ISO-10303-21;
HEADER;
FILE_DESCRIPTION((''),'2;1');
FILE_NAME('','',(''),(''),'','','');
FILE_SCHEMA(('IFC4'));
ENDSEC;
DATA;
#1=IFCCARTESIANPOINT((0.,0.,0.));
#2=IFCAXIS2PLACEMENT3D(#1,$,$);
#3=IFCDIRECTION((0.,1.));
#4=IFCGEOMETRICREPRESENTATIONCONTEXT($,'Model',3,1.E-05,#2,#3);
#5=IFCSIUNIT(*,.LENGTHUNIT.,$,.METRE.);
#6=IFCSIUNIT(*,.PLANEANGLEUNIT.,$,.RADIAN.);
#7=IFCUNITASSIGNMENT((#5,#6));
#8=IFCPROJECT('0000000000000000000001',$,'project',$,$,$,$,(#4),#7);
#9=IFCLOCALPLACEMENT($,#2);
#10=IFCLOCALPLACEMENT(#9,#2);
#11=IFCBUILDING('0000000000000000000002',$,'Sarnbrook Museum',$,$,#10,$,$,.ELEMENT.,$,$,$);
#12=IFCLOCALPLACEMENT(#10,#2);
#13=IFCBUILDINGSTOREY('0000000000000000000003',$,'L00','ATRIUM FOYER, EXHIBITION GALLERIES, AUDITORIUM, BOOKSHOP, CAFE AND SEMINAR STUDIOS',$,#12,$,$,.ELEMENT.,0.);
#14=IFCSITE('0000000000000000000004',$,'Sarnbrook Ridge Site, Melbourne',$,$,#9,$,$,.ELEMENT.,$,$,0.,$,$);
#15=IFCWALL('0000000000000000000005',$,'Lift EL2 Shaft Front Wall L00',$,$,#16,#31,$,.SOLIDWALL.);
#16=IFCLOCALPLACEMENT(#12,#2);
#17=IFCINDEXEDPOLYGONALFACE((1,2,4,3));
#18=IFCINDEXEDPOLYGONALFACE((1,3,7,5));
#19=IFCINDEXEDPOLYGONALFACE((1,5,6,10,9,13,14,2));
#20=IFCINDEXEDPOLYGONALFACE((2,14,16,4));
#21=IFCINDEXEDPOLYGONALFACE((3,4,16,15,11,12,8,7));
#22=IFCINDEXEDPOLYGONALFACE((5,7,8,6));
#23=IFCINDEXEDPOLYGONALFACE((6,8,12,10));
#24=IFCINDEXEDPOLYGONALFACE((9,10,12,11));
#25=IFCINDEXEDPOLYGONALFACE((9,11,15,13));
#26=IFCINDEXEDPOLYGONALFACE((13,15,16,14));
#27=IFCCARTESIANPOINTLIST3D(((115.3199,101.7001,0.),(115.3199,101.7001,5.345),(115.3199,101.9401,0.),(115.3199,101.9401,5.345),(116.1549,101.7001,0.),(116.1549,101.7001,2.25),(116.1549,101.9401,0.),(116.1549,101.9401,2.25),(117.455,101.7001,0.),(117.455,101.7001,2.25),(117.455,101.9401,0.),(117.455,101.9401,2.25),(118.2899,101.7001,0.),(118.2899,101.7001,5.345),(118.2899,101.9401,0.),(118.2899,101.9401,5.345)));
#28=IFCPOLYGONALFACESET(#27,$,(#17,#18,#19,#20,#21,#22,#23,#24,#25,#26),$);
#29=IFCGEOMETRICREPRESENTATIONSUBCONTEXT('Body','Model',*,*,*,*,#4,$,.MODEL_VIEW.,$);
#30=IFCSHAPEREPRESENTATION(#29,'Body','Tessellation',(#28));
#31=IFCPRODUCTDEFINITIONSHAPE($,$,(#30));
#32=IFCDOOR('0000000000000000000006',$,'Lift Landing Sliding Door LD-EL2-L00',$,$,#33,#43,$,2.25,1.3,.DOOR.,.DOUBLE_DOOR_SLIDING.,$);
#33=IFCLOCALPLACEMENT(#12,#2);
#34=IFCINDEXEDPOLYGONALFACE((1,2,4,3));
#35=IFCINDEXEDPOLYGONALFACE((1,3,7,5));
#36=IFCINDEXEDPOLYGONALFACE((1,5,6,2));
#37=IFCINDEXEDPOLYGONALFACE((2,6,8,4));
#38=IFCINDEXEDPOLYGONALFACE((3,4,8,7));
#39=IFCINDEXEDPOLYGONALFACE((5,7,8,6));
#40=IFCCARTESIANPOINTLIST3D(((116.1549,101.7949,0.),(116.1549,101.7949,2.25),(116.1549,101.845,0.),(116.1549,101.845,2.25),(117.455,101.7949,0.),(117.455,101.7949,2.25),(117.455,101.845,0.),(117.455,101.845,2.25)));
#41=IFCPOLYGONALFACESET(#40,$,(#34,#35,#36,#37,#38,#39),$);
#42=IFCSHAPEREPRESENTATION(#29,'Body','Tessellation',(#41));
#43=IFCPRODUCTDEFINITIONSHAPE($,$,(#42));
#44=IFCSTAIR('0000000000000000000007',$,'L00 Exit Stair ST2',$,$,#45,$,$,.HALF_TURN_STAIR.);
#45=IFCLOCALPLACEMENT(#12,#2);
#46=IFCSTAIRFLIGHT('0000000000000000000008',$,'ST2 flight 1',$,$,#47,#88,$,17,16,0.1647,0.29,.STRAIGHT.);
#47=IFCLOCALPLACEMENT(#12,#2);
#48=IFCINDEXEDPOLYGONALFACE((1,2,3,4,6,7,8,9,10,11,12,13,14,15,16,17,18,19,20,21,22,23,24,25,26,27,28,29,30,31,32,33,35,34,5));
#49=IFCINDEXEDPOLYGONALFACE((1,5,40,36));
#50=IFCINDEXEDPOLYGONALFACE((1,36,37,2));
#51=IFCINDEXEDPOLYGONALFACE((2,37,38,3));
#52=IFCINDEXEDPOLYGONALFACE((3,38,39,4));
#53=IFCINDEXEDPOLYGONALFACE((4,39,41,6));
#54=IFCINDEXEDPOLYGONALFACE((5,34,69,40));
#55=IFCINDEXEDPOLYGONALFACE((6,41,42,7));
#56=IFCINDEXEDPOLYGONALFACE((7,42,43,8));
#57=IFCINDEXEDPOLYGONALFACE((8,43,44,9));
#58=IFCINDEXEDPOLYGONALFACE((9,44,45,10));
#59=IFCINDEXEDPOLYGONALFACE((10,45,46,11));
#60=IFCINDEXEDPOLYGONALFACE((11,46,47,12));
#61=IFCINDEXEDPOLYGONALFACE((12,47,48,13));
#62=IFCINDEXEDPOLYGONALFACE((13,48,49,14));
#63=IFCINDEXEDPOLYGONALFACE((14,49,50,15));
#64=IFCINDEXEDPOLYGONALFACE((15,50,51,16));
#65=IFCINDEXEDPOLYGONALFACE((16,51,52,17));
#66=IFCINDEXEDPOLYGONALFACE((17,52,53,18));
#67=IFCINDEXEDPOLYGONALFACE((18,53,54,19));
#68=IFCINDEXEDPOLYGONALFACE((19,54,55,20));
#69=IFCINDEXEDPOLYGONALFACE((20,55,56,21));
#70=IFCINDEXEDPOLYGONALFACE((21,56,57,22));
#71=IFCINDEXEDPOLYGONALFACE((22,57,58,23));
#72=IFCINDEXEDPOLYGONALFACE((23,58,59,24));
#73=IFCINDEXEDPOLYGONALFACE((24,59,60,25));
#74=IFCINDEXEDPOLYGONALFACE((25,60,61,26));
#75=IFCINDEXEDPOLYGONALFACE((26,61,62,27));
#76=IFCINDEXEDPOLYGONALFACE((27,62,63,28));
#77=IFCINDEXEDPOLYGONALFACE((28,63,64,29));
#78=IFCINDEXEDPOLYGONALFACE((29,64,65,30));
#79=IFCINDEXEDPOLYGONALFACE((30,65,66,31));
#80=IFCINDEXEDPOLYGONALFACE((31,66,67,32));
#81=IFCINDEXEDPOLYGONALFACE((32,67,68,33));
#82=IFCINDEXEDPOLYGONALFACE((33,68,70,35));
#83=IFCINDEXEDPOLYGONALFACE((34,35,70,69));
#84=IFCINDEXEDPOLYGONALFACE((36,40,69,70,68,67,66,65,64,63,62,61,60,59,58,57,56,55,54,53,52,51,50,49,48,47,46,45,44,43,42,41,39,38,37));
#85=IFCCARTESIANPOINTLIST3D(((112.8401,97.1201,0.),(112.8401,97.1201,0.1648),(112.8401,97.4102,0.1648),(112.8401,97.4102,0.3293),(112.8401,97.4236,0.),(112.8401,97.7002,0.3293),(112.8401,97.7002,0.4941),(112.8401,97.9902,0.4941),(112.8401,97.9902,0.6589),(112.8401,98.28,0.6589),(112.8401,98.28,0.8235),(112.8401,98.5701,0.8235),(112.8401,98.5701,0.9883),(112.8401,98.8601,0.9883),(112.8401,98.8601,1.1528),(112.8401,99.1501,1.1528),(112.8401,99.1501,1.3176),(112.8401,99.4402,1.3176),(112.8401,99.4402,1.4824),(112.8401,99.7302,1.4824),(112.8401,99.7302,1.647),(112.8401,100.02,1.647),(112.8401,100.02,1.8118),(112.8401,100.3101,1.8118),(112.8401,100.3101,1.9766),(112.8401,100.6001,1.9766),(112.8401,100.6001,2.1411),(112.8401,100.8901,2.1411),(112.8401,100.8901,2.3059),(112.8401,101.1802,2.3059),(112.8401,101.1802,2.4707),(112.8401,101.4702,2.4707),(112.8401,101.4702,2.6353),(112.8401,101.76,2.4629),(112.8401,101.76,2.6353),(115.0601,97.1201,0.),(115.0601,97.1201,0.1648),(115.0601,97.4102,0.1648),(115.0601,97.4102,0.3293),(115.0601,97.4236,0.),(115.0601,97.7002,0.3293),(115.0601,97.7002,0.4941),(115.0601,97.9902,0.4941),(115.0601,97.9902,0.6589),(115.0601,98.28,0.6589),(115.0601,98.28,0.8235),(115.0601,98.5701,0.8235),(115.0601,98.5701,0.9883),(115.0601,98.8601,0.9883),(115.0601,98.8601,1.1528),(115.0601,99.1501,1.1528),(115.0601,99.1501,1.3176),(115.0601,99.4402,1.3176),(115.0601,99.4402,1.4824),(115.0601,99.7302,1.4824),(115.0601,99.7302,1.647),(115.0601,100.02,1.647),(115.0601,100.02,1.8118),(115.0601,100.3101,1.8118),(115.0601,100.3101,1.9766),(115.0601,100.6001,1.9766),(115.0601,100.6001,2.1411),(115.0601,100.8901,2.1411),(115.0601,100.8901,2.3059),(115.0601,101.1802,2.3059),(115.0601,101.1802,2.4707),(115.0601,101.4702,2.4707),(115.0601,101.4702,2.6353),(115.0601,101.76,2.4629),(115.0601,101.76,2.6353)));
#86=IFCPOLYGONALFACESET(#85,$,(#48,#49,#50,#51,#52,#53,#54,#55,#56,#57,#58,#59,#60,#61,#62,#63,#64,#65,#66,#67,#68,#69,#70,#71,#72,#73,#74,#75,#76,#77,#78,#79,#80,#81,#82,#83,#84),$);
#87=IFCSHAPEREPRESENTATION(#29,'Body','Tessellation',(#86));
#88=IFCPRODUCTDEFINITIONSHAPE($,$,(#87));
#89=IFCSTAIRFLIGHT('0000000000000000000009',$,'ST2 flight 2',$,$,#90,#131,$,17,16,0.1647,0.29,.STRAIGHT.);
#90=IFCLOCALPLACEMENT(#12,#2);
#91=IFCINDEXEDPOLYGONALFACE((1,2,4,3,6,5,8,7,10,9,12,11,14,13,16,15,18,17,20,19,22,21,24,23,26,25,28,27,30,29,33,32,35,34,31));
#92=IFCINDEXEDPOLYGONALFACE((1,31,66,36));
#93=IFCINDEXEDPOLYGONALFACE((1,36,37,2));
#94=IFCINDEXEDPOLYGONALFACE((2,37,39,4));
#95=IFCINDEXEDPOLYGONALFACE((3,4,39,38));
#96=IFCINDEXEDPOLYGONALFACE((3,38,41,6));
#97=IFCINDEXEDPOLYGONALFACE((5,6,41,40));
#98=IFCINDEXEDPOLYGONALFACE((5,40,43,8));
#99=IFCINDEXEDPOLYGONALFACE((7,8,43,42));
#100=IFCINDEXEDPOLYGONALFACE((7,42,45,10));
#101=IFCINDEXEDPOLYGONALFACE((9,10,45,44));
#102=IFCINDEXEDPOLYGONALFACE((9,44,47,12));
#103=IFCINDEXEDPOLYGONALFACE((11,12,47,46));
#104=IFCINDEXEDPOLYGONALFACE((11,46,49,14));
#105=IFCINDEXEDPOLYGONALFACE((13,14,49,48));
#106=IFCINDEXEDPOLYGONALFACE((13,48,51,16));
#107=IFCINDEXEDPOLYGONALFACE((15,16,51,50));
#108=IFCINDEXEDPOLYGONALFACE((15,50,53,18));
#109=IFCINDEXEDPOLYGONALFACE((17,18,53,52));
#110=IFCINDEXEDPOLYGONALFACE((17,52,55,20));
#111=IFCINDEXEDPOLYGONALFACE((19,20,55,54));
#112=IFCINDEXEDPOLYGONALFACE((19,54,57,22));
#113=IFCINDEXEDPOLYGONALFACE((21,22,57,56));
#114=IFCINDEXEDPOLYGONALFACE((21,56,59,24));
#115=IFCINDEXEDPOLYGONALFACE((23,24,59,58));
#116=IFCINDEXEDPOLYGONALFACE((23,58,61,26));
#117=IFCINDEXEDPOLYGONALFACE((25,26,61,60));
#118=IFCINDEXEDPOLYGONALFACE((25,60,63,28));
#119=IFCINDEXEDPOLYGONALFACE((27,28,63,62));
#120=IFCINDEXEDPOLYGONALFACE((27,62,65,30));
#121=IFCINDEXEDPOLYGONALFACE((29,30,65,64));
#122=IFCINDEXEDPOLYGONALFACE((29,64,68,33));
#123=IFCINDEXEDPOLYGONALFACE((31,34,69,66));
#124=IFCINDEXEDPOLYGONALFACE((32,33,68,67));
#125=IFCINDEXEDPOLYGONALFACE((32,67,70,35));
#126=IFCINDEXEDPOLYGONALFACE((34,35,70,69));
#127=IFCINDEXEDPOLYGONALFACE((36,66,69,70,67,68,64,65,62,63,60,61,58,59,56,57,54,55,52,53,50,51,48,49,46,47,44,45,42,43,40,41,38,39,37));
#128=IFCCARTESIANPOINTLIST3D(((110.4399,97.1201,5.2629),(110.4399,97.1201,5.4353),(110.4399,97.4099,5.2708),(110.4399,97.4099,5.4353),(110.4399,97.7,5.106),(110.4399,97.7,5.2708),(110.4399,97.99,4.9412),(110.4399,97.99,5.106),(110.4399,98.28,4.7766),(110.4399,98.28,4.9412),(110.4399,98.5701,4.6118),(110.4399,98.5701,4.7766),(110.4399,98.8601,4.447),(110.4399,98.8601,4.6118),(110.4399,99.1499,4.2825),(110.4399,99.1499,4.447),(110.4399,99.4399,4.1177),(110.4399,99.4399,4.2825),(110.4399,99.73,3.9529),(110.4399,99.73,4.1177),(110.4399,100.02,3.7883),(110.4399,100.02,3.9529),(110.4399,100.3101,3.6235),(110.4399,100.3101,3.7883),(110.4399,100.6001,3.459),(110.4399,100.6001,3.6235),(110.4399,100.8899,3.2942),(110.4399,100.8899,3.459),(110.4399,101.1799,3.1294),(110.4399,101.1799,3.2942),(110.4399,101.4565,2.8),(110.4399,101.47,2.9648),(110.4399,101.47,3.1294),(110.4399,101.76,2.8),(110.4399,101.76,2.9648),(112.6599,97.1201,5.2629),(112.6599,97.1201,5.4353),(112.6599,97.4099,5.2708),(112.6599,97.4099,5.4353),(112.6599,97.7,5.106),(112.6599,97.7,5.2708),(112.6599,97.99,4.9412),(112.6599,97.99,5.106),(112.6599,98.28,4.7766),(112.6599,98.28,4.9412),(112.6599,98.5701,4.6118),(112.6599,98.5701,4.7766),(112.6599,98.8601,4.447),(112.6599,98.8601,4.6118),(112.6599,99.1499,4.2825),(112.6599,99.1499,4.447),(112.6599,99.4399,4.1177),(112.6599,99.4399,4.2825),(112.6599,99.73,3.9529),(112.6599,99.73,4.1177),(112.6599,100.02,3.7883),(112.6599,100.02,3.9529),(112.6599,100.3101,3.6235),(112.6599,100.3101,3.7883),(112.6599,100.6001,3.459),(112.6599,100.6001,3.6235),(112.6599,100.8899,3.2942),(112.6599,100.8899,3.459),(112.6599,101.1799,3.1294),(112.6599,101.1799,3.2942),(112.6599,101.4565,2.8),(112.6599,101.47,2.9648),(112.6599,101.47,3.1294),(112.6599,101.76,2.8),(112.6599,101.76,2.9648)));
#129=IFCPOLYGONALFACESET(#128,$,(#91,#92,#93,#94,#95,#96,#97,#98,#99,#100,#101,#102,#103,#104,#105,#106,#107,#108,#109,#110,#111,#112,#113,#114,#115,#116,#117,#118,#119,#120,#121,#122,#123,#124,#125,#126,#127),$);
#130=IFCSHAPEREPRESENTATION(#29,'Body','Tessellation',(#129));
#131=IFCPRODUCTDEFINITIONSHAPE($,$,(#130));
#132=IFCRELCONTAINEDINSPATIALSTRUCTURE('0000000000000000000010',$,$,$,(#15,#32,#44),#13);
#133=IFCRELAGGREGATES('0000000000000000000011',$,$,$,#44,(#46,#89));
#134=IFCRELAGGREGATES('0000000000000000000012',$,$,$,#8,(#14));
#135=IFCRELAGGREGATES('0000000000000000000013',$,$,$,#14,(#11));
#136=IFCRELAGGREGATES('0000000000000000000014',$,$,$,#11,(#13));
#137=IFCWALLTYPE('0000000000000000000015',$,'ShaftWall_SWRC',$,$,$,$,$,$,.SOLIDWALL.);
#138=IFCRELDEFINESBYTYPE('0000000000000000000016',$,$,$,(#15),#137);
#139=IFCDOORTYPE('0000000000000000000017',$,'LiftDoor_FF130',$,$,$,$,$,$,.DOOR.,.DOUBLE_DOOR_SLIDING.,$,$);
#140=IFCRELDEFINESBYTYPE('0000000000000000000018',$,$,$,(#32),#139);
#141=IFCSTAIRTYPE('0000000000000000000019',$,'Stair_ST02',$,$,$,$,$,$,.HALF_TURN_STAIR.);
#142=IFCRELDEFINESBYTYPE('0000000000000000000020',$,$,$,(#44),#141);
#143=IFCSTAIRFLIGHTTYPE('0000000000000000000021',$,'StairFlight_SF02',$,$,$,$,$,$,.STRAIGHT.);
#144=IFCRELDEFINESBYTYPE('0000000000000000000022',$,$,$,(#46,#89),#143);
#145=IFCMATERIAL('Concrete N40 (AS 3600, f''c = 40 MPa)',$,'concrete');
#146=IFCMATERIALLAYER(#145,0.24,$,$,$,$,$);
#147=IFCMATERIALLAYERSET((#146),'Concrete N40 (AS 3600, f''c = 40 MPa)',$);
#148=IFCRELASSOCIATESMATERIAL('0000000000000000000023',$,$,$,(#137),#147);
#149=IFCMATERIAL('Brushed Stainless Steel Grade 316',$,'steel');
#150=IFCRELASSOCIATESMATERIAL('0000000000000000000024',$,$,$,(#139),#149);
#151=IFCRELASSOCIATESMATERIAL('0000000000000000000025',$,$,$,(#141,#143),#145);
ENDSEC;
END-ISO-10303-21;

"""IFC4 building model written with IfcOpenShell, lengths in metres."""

from ifc_helpers import new_model, si_unit, direction, frame, frame_2d, origin, place, context, subcontext, project, spatial, polyline, rectangle, outline, extrude, material, layer, layer_set, type_object, element, fill, aggregate, save


model = new_model("IFC4")

# Units and contexts
model_context = context("Model", 3, precision=1e-05, world=origin(), true_north=direction((0.0, 1.0)))
body_context = subcontext(model_context, "Body", "Model", "MODEL_VIEW")
ifc_project = project(units=[si_unit("LENGTHUNIT", "METRE"), si_unit("PLANEANGLEUNIT", "RADIAN")], contexts=[model_context])

# Site, building, storey
site_placement = place(None, origin())
site = spatial("IfcSite", under=ifc_project, at=site_placement, Name="Sarnbrook Ridge Site, Melbourne", CompositionType="ELEMENT", RefElevation=0.0)
building_placement = place(site_placement, origin())
building = spatial("IfcBuilding", under=site, at=building_placement, Name="Sarnbrook Museum", CompositionType="ELEMENT")
storey_placement = place(building_placement, origin())
storey = spatial("IfcBuildingStorey", under=building, at=storey_placement, Name="L00", Description="ATRIUM FOYER, EXHIBITION GALLERIES, AUDITORIUM, BOOKSHOP, CAFE AND SEMINAR STUDIOS", CompositionType="ELEMENT", Elevation=0.0)

# Wall, opening, door
ifc_material_1 = material(Name="Concrete N40 (AS 3600, f'c = 40 MPa)", Category="concrete")
ifc_layer_1 = layer(ifc_material_1, 0.24)
ifc_layer_set_1 = layer_set([ifc_layer_1], Name="Concrete N40 (AS 3600, f'c = 40 MPa)")
wall_type_1 = type_object("IfcWallType", Name="ShaftWall_SWRC", PredefinedType="SOLIDWALL", material=ifc_layer_set_1)
wall_1_placement = place(storey_placement, frame((115.3201, 101.8201, 0.0), z_axis=(0.0, 0.0, 1.0), x_axis=(1.0, 0.0, 0.0)))
wall_1 = element("IfcWall", 1, at=wall_1_placement, inside=storey, type_object=wall_type_1, Name="Lift EL2 Shaft Front Wall L00", PredefinedType="SOLIDWALL", context=body_context, shape_type="SweptSolid", body=[
    extrude(rectangle(XDim=2.97, YDim=0.24, at=frame_2d((1.4849, 0.0))), origin(), (0.0, 0.0, 1.0), 5.345),
])
opening_1_placement = place(wall_1_placement, frame((0.835, 0.0, 0.0)))
opening_1 = element("IfcOpeningElement", 2, at=opening_1_placement, cuts=wall_1, PredefinedType="OPENING", context=body_context, shape_type="SweptSolid", body=[
    extrude(rectangle(XDim=1.3, YDim=2.25, at=frame_2d((0.6499, 1.125))), frame((0.0, 0.1299, 0.0), z_axis=(0.0, -1.0, 0.0), x_axis=(1.0, 0.0, 0.0)), (0.0, 0.0, 1.0), 0.26),
])
ifc_material_2 = material(Name="Brushed Stainless Steel Grade 316", Category="steel")
door_type_1 = type_object("IfcDoorType", Name="LiftDoor_FF130", OperationType="DOUBLE_DOOR_SLIDING", PredefinedType="DOOR", material=ifc_material_2)
door_1_placement = place(opening_1_placement, origin())
door_1 = element("IfcDoor", 3, at=door_1_placement, inside=storey, type_object=door_type_1, Name="Lift Landing Sliding Door LD-EL2-L00", OperationType="DOUBLE_DOOR_SLIDING", OverallHeight=2.25, OverallWidth=1.3, PredefinedType="DOOR", context=body_context, shape_type="SweptSolid", body=[
    extrude(rectangle(XDim=1.3, YDim=2.25, at=frame_2d((0.6499, 1.125))), frame((0.0, 0.0249, 0.0), z_axis=(0.0, -1.0, 0.0), x_axis=(1.0, 0.0, 0.0)), (0.0, 0.0, 1.0), 0.05),
])
fill(opening_1, door_1)

# Stair, stair flights
stair_type = type_object("IfcStairType", Name="Stair_ST02", PredefinedType="HALF_TURN_STAIR", material=ifc_material_1)
stair_placement = place(storey_placement, origin())
stair = element("IfcStair", 4, at=stair_placement, inside=storey, type_object=stair_type, Name="L00 Exit Stair ST2", PredefinedType="HALF_TURN_STAIR")
stair_flight_type = type_object("IfcStairFlightType", Name="StairFlight_SF02", PredefinedType="STRAIGHT", material=ifc_material_1)
stair_flight_1_placement = place(storey_placement, frame((113.95, 97.1201, 0.0), z_axis=(0.0, 0.0, 1.0), x_axis=(0.0, 1.0, 0.0)))
stair_flight_1 = element("IfcStairFlight", 5, at=stair_flight_1_placement, type_object=stair_flight_type, Name="ST2 flight 1", NumberOfRisers=17, NumberOfTreads=16, PredefinedType="STRAIGHT", RiserHeight=0.1647, TreadLength=0.29, context=body_context, shape_type="SweptSolid", body=[
    extrude(outline(polyline([(0.0, 0.0), (0.0, 0.1648), (0.29, 0.1648), (0.29, 0.3293), (0.5801, 0.3293), (0.5801, 0.4941), (0.8701, 0.4941), (0.8701, 0.6589), (1.1599, 0.6589), (1.1599, 0.8235), (1.45, 0.8235), (1.45, 0.9883), (1.74, 0.9883), (1.74, 1.1528), (2.03, 1.1528), (2.03, 1.3176), (2.3201, 1.3176), (2.3201, 1.4824), (2.6101, 1.4824), (2.6101, 1.647), (2.8999, 1.647), (2.8999, 1.8118), (3.1899, 1.8118), (3.1899, 1.9766), (3.48, 1.9766), (3.48, 2.1411), (3.77, 2.1411), (3.77, 2.3059), (4.0601, 2.3059), (4.0601, 2.4707), (4.3501, 2.4707), (4.3501, 2.6353), (4.6399, 2.6353), (4.6399, 2.8), (4.6399, 2.4629), (0.3035, 0.0), (0.0, 0.0)])), frame((0.0, 1.1099, 0.0), z_axis=(0.0, -1.0, 0.0), x_axis=(1.0, 0.0, 0.0)), (0.0, 0.0, 1.0), 2.22),
])
stair_flight_2_placement = place(storey_placement, frame((111.55, 101.76, 2.8), z_axis=(0.0, 0.0, 1.0), x_axis=(0.0, -1.0, 0.0)))
stair_flight_2 = element("IfcStairFlight", 6, at=stair_flight_2_placement, type_object=stair_flight_type, Name="ST2 flight 2", NumberOfRisers=17, NumberOfTreads=16, PredefinedType="STRAIGHT", RiserHeight=0.1647, TreadLength=0.29, context=body_context, shape_type="SweptSolid", body=[
    extrude(outline(polyline([(0.0, 0.0), (0.0, 0.1648), (0.29, 0.1648), (0.29, 0.3293), (0.5801, 0.3293), (0.5801, 0.4941), (0.8701, 0.4941), (0.8701, 0.6589), (1.1599, 0.6589), (1.1599, 0.8235), (1.45, 0.8235), (1.45, 0.9883), (1.74, 0.9883), (1.74, 1.1528), (2.03, 1.1528), (2.03, 1.3176), (2.3201, 1.3176), (2.3201, 1.4824), (2.6101, 1.4824), (2.6101, 1.647), (2.8999, 1.647), (2.8999, 1.8118), (3.1899, 1.8118), (3.1899, 1.9766), (3.48, 1.9766), (3.48, 2.1411), (3.77, 2.1411), (3.77, 2.3059), (4.0601, 2.3059), (4.0601, 2.4707), (4.3501, 2.4707), (4.3501, 2.6353), (4.6399, 2.6353), (4.6399, 2.8), (4.6399, 2.4629), (0.3035, 0.0), (0.0, 0.0)])), frame((0.0, 1.1099, 0.0), z_axis=(0.0, -1.0, 0.0), x_axis=(1.0, 0.0, 0.0)), (0.0, 0.0, 1.0), 2.22),
])
aggregate(stair, [stair_flight_1, stair_flight_2])

save(model, "model.ifc")
